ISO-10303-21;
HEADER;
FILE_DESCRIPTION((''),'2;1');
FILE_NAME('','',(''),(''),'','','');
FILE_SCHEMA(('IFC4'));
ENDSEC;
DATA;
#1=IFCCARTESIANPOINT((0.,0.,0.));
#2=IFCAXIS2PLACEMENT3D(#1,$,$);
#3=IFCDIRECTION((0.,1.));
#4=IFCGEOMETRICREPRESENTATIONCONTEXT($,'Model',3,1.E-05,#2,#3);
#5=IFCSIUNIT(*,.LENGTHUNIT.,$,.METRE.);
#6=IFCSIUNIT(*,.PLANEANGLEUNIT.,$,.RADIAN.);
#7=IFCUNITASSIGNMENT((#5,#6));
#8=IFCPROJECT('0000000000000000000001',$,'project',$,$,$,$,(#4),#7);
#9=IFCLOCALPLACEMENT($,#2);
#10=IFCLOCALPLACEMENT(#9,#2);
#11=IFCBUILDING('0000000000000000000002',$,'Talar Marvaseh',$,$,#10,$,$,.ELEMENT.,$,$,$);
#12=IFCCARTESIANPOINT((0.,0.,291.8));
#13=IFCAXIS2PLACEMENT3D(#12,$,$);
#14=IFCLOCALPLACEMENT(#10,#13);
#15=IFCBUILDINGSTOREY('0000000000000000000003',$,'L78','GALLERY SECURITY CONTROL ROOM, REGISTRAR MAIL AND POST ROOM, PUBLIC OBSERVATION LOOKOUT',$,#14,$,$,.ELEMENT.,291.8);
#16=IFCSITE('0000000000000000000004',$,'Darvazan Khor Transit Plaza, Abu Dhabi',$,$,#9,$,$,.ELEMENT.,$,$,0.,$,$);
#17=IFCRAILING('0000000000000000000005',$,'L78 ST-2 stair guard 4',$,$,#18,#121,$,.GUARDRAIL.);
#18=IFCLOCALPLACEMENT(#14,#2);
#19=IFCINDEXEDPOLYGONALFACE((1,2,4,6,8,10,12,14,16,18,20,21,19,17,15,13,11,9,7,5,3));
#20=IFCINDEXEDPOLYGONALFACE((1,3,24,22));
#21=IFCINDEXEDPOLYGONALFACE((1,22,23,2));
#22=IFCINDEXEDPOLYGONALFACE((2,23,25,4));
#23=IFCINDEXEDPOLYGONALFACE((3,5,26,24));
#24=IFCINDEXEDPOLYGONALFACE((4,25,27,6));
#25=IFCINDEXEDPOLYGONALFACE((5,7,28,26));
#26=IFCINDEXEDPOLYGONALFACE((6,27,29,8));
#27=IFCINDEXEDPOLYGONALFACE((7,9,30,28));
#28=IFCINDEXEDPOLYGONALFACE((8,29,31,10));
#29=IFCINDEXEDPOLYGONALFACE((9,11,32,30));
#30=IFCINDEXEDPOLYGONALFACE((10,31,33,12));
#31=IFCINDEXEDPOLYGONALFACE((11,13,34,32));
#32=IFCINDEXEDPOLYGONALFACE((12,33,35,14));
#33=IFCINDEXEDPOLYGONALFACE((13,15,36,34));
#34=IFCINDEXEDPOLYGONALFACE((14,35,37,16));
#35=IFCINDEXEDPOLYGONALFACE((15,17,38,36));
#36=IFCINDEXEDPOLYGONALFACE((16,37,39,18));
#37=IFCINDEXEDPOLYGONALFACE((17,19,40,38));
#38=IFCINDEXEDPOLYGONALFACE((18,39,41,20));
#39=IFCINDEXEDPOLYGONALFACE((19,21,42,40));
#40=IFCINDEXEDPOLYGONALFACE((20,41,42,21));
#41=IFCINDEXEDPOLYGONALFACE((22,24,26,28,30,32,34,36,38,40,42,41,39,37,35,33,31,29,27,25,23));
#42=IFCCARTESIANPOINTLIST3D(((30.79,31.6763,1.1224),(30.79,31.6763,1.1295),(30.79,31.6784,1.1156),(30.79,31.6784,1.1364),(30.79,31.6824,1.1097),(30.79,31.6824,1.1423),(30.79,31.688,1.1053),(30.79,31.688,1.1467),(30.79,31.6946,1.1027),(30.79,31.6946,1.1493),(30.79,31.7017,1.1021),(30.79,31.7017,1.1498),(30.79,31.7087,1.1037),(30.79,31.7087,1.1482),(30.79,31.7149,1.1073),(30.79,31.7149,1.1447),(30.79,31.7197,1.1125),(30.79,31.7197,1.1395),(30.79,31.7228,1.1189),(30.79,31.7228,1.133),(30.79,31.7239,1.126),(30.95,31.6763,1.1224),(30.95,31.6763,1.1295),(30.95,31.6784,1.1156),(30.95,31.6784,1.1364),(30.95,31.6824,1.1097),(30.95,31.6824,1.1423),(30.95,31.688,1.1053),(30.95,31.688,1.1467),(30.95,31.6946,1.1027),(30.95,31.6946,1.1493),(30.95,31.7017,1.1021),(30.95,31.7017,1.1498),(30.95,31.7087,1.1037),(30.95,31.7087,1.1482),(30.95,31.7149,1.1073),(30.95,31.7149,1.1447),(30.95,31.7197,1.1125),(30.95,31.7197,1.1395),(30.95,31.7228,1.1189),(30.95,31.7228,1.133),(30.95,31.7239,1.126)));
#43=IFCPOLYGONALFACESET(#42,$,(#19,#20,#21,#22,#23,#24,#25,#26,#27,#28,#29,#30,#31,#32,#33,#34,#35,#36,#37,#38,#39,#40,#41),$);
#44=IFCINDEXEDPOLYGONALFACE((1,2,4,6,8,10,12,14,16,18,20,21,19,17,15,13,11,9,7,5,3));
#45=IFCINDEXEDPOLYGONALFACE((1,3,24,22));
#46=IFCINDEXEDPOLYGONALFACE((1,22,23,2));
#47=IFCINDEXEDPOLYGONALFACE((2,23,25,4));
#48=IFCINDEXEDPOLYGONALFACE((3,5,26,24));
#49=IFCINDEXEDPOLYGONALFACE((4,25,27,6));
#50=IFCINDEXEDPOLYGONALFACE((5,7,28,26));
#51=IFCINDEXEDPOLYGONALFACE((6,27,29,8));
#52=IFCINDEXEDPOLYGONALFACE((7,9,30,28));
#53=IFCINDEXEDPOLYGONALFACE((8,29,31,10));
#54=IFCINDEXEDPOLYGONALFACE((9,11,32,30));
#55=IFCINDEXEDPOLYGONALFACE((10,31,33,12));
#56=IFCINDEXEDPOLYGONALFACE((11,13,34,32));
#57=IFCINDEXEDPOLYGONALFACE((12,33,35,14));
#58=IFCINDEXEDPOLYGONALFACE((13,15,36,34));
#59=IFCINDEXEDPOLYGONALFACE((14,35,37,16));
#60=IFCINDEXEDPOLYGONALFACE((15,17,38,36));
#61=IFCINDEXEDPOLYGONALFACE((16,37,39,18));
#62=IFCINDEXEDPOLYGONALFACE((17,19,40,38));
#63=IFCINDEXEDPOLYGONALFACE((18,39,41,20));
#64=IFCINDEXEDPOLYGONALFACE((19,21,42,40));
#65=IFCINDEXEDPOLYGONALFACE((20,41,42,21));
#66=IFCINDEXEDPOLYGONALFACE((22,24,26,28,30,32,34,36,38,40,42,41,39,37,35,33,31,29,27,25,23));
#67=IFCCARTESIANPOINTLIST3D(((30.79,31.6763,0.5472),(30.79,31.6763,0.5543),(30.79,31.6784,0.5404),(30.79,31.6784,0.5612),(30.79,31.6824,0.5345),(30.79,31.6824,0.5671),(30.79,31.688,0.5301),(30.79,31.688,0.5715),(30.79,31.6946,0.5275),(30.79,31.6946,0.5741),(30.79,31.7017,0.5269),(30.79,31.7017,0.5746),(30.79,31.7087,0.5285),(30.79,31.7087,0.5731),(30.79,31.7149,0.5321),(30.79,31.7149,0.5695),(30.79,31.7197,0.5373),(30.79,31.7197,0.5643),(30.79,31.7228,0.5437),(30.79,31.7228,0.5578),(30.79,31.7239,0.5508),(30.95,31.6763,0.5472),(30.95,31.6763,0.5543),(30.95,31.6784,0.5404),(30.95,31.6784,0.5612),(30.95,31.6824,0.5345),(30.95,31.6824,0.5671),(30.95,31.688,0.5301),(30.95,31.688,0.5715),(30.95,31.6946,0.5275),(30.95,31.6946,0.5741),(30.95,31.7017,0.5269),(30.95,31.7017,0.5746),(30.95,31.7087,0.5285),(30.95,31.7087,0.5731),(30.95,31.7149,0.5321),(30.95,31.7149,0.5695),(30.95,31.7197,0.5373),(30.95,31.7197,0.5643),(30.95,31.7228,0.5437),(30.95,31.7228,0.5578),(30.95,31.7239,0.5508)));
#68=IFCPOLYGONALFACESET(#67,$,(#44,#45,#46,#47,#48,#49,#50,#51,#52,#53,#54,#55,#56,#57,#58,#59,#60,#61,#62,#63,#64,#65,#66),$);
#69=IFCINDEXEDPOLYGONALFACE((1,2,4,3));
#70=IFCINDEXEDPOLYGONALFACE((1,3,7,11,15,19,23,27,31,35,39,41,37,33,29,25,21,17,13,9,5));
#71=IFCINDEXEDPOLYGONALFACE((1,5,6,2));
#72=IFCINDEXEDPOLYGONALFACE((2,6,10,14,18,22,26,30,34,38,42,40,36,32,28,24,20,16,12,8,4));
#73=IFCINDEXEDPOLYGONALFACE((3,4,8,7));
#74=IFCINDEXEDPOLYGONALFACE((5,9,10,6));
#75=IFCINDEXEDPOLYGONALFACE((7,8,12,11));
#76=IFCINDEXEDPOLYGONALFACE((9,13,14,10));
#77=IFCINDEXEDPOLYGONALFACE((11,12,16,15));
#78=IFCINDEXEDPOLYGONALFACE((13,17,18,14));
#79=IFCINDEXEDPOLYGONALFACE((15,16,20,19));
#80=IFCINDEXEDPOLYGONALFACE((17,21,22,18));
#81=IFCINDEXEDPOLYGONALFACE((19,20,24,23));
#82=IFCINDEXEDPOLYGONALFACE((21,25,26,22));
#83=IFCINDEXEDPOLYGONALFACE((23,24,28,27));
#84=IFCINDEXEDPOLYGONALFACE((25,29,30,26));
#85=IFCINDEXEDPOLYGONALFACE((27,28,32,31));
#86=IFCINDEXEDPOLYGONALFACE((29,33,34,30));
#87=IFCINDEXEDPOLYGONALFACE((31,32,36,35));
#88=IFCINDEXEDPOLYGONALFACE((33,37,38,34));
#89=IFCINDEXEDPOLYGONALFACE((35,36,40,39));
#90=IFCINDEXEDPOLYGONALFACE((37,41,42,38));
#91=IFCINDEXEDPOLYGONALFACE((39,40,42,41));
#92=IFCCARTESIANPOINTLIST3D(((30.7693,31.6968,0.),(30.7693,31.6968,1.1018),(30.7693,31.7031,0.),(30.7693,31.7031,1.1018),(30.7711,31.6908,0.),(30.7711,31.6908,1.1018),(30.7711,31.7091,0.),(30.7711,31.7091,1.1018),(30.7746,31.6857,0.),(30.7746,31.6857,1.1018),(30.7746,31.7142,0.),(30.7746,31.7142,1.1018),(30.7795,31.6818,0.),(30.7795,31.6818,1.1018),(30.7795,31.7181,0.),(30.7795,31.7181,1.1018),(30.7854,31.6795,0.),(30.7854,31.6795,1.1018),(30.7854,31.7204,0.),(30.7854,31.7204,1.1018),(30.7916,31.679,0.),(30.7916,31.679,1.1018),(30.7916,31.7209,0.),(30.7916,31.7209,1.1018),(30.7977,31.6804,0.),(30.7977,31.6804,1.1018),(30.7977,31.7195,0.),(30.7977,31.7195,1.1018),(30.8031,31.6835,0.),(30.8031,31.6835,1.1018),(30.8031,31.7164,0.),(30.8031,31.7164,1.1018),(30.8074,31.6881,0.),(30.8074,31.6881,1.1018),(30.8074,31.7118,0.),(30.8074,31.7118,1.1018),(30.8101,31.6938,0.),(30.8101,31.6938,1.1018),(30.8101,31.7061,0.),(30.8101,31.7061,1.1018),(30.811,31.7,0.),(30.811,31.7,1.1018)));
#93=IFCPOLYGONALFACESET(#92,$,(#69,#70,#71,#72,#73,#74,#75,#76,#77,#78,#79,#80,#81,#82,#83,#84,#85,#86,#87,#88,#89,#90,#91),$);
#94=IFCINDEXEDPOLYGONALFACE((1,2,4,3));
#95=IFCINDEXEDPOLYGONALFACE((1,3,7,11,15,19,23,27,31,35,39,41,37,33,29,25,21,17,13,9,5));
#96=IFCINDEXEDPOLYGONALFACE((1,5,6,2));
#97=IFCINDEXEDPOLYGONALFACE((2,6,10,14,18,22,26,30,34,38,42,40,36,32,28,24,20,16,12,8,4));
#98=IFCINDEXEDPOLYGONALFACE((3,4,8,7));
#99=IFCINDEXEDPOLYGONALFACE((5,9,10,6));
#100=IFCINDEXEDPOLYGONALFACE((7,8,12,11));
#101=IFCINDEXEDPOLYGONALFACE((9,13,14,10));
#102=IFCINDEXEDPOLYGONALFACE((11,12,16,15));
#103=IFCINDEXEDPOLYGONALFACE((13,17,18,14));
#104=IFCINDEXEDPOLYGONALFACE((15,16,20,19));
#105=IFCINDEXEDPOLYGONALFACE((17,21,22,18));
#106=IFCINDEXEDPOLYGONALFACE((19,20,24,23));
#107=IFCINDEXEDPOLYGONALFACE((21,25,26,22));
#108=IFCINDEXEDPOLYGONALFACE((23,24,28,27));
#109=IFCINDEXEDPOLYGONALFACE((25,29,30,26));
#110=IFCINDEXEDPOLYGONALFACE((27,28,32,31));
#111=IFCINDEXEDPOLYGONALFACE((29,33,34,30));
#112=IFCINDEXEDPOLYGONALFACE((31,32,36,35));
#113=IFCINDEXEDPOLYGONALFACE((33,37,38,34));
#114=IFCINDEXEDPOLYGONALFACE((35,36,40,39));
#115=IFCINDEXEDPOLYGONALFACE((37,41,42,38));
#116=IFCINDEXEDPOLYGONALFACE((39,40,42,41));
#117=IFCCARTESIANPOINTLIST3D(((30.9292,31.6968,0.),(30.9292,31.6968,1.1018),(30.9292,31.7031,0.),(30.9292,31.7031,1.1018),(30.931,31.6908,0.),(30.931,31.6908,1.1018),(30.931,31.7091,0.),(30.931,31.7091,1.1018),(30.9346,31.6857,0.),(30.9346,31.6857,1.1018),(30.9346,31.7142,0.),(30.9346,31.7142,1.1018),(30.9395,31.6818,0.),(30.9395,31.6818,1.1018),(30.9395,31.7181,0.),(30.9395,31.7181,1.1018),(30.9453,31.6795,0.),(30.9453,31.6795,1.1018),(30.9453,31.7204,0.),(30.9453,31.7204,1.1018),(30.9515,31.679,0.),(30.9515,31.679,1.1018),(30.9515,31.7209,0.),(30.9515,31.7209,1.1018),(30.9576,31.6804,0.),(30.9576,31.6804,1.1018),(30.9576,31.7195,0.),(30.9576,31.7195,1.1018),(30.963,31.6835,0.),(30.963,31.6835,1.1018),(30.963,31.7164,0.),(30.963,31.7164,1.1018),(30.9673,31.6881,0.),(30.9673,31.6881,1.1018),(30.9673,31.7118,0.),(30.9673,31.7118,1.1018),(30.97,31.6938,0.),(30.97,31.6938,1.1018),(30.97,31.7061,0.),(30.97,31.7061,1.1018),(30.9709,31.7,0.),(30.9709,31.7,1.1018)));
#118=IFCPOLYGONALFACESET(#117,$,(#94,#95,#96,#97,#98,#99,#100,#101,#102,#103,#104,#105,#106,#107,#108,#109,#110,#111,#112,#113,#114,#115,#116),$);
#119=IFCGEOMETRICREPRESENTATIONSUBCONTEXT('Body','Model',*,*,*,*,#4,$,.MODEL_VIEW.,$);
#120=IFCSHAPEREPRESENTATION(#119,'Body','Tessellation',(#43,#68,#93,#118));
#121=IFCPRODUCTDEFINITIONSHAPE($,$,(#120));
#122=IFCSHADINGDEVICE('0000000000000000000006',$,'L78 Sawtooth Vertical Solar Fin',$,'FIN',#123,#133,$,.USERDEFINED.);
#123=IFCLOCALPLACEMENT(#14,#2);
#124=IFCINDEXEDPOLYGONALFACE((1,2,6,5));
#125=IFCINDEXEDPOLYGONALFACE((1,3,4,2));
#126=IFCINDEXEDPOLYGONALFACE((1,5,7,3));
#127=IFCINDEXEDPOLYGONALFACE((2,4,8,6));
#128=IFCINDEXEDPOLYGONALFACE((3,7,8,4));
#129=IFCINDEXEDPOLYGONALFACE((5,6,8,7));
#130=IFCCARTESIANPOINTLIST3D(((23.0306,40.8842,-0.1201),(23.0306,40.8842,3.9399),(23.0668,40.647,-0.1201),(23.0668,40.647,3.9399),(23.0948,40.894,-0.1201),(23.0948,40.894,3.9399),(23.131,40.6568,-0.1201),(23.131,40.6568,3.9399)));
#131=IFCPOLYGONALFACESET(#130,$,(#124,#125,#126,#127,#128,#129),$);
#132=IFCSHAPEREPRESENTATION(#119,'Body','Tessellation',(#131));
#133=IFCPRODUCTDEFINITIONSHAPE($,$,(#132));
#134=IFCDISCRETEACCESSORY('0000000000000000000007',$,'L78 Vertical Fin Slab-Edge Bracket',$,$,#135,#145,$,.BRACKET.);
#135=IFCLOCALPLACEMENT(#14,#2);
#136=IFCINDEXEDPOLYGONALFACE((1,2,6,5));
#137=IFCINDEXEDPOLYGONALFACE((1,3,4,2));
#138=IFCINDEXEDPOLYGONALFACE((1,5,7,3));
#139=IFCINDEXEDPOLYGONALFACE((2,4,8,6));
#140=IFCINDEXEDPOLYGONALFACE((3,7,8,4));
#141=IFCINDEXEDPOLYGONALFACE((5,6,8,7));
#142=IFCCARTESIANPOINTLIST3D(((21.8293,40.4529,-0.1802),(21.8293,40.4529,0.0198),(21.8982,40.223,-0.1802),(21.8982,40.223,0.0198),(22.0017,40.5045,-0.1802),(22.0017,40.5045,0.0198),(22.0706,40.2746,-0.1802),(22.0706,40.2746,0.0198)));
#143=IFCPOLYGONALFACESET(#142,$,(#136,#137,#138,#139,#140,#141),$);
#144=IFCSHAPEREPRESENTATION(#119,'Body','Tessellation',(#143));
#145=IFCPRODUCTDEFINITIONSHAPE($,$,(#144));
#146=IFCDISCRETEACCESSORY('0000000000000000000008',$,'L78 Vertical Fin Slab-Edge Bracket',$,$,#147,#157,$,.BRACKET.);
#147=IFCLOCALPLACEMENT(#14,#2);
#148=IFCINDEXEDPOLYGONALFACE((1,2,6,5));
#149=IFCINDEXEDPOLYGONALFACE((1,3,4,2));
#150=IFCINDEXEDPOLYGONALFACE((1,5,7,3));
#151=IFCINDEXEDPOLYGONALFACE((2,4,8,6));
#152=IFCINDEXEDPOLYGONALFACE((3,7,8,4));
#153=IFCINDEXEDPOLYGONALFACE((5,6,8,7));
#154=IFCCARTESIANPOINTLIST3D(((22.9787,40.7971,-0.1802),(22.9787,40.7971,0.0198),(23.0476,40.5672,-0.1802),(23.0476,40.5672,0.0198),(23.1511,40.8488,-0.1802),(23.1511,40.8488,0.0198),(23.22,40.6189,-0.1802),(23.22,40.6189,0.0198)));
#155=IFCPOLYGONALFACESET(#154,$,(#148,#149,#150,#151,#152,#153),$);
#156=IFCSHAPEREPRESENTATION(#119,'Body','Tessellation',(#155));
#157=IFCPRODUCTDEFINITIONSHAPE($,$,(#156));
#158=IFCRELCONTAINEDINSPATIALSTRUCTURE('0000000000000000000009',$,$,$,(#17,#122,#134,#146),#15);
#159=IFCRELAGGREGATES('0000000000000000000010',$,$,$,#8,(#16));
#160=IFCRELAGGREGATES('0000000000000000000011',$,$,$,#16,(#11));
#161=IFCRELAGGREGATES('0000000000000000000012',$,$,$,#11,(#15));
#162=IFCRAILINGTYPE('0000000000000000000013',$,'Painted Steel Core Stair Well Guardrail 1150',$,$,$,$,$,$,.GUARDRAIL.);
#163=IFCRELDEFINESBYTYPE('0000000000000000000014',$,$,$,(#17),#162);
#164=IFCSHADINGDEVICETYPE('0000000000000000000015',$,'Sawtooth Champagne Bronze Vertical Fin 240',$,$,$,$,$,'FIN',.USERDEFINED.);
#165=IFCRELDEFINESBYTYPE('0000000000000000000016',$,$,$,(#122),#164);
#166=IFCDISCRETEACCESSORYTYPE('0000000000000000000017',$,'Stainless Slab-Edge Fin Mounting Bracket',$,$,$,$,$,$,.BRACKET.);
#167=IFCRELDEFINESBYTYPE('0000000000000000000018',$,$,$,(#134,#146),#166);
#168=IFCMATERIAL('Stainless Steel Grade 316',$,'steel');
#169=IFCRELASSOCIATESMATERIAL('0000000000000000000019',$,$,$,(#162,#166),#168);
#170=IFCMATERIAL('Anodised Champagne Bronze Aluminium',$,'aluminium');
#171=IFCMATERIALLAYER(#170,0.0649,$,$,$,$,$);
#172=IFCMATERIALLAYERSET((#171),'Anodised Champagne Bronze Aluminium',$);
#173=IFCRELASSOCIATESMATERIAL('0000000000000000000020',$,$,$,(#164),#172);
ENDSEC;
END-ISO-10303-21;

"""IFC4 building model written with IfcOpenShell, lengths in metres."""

from ifc_helpers import new_model, si_unit, direction, frame, origin, origin_2d, place, context, subcontext, project, spatial, rectangle, circle, extrude, source, transform, mapped, material, layer, layer_set, type_object, type_shapes, element, save


model = new_model("IFC4")

# Units and contexts
model_context = context("Model", 3, precision=1e-05, world=origin(), true_north=direction((0.0, 1.0)))
body_context = subcontext(model_context, "Body", "Model", "MODEL_VIEW")
ifc_project = project(units=[si_unit("LENGTHUNIT", "METRE"), si_unit("PLANEANGLEUNIT", "RADIAN")], contexts=[model_context])

# Site, building, storey
site_placement = place(None, origin())
site = spatial("IfcSite", under=ifc_project, at=site_placement, Name="Darvazan Khor Transit Plaza, Abu Dhabi", CompositionType="ELEMENT", RefElevation=0.0)
building_placement = place(site_placement, origin())
building = spatial("IfcBuilding", under=site, at=building_placement, Name="Talar Marvaseh", CompositionType="ELEMENT")
storey_placement = place(building_placement, frame((0.0, 0.0, 291.8)))
storey = spatial("IfcBuildingStorey", under=building, at=storey_placement, Name="L78", Description="GALLERY SECURITY CONTROL ROOM, REGISTRAR MAIL AND POST ROOM, PUBLIC OBSERVATION LOOKOUT", CompositionType="ELEMENT", Elevation=291.8)

# Shared definitions
ifc_material_1 = material(Name="Stainless Steel Grade 316", Category="steel")

# Railing
railing_type_1 = type_object("IfcRailingType", Name="Painted Steel Core Stair Well Guardrail 1150", PredefinedType="GUARDRAIL", material=ifc_material_1)
railing_1_placement = place(storey_placement, frame((30.79, 31.7, 0.0)))
element("IfcRailing", 1, at=railing_1_placement, inside=storey, type_object=railing_type_1, Name="L78 ST-2 stair guard 4", PredefinedType="GUARDRAIL", context=body_context, shape_type="SweptSolid", body=[
    extrude(circle(Radius=0.0239, at=origin_2d()), frame((0.0, 0.0, 1.126), z_axis=(1.0, 0.0, 0.0), x_axis=(0.0, 1.0, 0.0)), (0.0, 0.0, 1.0), 0.1599),
    extrude(circle(Radius=0.0239, at=origin_2d()), frame((0.0, 0.0, 0.5508), z_axis=(1.0, 0.0, 0.0), x_axis=(0.0, 1.0, 0.0)), (0.0, 0.0, 1.0), 0.1599),
    extrude(circle(Radius=0.021, at=origin_2d()), origin(), (0.0, 0.0, 1.0), 1.1018),
    extrude(circle(Radius=0.021, at=origin_2d()), frame((0.1599, 0.0, 0.0)), (0.0, 0.0, 1.0), 1.1018),
])

# Shading device
ifc_material_2 = material(Name="Anodised Champagne Bronze Aluminium", Category="aluminium")
ifc_layer_1 = layer(ifc_material_2, 0.0649)
ifc_layer_set_1 = layer_set([ifc_layer_1], Name="Anodised Champagne Bronze Aluminium")
shading_device_type = type_object("IfcShadingDeviceType", Name="Sawtooth Champagne Bronze Vertical Fin 240", ElementType="FIN", PredefinedType="USERDEFINED", material=ifc_layer_set_1)
shared_shape_1 = source(origin(), body_context, "Body", "SweptSolid", [
    extrude(rectangle(XDim=0.24, YDim=0.0649, at=origin_2d()), origin(), (0.0, 0.0, 1.0), 4.0601),
])
type_shapes(shading_device_type, [shared_shape_1])
shading_device_placement = place(storey_placement, frame((23.0808, 40.7705, -0.1201), z_axis=(0.0, 0.0, 1.0), x_axis=(-0.150916, 0.988547, 0.0)))
element("IfcShadingDevice", 2, at=shading_device_placement, inside=storey, type_object=shading_device_type, Name="L78 Sawtooth Vertical Solar Fin", ObjectType="FIN", PredefinedType="USERDEFINED", context=body_context, shape_type="MappedRepresentation", body=[
    mapped(shared_shape_1, transform((0.0, 0.0, 0.0), x_axis=(1.0, 0.0, 0.0), y_axis=(0.0, 1.0, 0.0), z_axis=(0.0, 0.0, 1.0), scale=1.0)),
])

# Discrete accessories
discrete_accessory_type = type_object("IfcDiscreteAccessoryType", Name="Stainless Slab-Edge Fin Mounting Bracket", PredefinedType="BRACKET", material=ifc_material_1)
shared_shape_2 = source(origin(), body_context, "Body", "SweptSolid", [
    extrude(rectangle(XDim=0.24, YDim=0.1799, at=origin_2d()), origin(), (0.0, 0.0, 1.0), 0.2),
])
type_shapes(discrete_accessory_type, [shared_shape_2])
for number, where, z_axis, x_axis, name in (
    (3, (21.95, 40.3638, -0.1802), (0.0, 0.0, 1.0), (-0.287026, 0.957923, 0.0), "L78 Vertical Fin Slab-Edge Bracket"),
    (4, (23.0994, 40.708, -0.1802), (0.0, 0.0, 1.0), (-0.287026, 0.957923, 0.0), "L78 Vertical Fin Slab-Edge Bracket"),
):
    element("IfcDiscreteAccessory", number, at=place(storey_placement, frame(where, z_axis=z_axis, x_axis=x_axis)), inside=storey, type_object=discrete_accessory_type, Name=name, PredefinedType="BRACKET", context=body_context, shape_type="MappedRepresentation", body=[
        mapped(shared_shape_2, transform((0.0, 0.0, 0.0), x_axis=(1.0, 0.0, 0.0), y_axis=(0.0, 1.0, 0.0), z_axis=(0.0, 0.0, 1.0), scale=1.0)),
    ])

save(model, "model.ifc")
